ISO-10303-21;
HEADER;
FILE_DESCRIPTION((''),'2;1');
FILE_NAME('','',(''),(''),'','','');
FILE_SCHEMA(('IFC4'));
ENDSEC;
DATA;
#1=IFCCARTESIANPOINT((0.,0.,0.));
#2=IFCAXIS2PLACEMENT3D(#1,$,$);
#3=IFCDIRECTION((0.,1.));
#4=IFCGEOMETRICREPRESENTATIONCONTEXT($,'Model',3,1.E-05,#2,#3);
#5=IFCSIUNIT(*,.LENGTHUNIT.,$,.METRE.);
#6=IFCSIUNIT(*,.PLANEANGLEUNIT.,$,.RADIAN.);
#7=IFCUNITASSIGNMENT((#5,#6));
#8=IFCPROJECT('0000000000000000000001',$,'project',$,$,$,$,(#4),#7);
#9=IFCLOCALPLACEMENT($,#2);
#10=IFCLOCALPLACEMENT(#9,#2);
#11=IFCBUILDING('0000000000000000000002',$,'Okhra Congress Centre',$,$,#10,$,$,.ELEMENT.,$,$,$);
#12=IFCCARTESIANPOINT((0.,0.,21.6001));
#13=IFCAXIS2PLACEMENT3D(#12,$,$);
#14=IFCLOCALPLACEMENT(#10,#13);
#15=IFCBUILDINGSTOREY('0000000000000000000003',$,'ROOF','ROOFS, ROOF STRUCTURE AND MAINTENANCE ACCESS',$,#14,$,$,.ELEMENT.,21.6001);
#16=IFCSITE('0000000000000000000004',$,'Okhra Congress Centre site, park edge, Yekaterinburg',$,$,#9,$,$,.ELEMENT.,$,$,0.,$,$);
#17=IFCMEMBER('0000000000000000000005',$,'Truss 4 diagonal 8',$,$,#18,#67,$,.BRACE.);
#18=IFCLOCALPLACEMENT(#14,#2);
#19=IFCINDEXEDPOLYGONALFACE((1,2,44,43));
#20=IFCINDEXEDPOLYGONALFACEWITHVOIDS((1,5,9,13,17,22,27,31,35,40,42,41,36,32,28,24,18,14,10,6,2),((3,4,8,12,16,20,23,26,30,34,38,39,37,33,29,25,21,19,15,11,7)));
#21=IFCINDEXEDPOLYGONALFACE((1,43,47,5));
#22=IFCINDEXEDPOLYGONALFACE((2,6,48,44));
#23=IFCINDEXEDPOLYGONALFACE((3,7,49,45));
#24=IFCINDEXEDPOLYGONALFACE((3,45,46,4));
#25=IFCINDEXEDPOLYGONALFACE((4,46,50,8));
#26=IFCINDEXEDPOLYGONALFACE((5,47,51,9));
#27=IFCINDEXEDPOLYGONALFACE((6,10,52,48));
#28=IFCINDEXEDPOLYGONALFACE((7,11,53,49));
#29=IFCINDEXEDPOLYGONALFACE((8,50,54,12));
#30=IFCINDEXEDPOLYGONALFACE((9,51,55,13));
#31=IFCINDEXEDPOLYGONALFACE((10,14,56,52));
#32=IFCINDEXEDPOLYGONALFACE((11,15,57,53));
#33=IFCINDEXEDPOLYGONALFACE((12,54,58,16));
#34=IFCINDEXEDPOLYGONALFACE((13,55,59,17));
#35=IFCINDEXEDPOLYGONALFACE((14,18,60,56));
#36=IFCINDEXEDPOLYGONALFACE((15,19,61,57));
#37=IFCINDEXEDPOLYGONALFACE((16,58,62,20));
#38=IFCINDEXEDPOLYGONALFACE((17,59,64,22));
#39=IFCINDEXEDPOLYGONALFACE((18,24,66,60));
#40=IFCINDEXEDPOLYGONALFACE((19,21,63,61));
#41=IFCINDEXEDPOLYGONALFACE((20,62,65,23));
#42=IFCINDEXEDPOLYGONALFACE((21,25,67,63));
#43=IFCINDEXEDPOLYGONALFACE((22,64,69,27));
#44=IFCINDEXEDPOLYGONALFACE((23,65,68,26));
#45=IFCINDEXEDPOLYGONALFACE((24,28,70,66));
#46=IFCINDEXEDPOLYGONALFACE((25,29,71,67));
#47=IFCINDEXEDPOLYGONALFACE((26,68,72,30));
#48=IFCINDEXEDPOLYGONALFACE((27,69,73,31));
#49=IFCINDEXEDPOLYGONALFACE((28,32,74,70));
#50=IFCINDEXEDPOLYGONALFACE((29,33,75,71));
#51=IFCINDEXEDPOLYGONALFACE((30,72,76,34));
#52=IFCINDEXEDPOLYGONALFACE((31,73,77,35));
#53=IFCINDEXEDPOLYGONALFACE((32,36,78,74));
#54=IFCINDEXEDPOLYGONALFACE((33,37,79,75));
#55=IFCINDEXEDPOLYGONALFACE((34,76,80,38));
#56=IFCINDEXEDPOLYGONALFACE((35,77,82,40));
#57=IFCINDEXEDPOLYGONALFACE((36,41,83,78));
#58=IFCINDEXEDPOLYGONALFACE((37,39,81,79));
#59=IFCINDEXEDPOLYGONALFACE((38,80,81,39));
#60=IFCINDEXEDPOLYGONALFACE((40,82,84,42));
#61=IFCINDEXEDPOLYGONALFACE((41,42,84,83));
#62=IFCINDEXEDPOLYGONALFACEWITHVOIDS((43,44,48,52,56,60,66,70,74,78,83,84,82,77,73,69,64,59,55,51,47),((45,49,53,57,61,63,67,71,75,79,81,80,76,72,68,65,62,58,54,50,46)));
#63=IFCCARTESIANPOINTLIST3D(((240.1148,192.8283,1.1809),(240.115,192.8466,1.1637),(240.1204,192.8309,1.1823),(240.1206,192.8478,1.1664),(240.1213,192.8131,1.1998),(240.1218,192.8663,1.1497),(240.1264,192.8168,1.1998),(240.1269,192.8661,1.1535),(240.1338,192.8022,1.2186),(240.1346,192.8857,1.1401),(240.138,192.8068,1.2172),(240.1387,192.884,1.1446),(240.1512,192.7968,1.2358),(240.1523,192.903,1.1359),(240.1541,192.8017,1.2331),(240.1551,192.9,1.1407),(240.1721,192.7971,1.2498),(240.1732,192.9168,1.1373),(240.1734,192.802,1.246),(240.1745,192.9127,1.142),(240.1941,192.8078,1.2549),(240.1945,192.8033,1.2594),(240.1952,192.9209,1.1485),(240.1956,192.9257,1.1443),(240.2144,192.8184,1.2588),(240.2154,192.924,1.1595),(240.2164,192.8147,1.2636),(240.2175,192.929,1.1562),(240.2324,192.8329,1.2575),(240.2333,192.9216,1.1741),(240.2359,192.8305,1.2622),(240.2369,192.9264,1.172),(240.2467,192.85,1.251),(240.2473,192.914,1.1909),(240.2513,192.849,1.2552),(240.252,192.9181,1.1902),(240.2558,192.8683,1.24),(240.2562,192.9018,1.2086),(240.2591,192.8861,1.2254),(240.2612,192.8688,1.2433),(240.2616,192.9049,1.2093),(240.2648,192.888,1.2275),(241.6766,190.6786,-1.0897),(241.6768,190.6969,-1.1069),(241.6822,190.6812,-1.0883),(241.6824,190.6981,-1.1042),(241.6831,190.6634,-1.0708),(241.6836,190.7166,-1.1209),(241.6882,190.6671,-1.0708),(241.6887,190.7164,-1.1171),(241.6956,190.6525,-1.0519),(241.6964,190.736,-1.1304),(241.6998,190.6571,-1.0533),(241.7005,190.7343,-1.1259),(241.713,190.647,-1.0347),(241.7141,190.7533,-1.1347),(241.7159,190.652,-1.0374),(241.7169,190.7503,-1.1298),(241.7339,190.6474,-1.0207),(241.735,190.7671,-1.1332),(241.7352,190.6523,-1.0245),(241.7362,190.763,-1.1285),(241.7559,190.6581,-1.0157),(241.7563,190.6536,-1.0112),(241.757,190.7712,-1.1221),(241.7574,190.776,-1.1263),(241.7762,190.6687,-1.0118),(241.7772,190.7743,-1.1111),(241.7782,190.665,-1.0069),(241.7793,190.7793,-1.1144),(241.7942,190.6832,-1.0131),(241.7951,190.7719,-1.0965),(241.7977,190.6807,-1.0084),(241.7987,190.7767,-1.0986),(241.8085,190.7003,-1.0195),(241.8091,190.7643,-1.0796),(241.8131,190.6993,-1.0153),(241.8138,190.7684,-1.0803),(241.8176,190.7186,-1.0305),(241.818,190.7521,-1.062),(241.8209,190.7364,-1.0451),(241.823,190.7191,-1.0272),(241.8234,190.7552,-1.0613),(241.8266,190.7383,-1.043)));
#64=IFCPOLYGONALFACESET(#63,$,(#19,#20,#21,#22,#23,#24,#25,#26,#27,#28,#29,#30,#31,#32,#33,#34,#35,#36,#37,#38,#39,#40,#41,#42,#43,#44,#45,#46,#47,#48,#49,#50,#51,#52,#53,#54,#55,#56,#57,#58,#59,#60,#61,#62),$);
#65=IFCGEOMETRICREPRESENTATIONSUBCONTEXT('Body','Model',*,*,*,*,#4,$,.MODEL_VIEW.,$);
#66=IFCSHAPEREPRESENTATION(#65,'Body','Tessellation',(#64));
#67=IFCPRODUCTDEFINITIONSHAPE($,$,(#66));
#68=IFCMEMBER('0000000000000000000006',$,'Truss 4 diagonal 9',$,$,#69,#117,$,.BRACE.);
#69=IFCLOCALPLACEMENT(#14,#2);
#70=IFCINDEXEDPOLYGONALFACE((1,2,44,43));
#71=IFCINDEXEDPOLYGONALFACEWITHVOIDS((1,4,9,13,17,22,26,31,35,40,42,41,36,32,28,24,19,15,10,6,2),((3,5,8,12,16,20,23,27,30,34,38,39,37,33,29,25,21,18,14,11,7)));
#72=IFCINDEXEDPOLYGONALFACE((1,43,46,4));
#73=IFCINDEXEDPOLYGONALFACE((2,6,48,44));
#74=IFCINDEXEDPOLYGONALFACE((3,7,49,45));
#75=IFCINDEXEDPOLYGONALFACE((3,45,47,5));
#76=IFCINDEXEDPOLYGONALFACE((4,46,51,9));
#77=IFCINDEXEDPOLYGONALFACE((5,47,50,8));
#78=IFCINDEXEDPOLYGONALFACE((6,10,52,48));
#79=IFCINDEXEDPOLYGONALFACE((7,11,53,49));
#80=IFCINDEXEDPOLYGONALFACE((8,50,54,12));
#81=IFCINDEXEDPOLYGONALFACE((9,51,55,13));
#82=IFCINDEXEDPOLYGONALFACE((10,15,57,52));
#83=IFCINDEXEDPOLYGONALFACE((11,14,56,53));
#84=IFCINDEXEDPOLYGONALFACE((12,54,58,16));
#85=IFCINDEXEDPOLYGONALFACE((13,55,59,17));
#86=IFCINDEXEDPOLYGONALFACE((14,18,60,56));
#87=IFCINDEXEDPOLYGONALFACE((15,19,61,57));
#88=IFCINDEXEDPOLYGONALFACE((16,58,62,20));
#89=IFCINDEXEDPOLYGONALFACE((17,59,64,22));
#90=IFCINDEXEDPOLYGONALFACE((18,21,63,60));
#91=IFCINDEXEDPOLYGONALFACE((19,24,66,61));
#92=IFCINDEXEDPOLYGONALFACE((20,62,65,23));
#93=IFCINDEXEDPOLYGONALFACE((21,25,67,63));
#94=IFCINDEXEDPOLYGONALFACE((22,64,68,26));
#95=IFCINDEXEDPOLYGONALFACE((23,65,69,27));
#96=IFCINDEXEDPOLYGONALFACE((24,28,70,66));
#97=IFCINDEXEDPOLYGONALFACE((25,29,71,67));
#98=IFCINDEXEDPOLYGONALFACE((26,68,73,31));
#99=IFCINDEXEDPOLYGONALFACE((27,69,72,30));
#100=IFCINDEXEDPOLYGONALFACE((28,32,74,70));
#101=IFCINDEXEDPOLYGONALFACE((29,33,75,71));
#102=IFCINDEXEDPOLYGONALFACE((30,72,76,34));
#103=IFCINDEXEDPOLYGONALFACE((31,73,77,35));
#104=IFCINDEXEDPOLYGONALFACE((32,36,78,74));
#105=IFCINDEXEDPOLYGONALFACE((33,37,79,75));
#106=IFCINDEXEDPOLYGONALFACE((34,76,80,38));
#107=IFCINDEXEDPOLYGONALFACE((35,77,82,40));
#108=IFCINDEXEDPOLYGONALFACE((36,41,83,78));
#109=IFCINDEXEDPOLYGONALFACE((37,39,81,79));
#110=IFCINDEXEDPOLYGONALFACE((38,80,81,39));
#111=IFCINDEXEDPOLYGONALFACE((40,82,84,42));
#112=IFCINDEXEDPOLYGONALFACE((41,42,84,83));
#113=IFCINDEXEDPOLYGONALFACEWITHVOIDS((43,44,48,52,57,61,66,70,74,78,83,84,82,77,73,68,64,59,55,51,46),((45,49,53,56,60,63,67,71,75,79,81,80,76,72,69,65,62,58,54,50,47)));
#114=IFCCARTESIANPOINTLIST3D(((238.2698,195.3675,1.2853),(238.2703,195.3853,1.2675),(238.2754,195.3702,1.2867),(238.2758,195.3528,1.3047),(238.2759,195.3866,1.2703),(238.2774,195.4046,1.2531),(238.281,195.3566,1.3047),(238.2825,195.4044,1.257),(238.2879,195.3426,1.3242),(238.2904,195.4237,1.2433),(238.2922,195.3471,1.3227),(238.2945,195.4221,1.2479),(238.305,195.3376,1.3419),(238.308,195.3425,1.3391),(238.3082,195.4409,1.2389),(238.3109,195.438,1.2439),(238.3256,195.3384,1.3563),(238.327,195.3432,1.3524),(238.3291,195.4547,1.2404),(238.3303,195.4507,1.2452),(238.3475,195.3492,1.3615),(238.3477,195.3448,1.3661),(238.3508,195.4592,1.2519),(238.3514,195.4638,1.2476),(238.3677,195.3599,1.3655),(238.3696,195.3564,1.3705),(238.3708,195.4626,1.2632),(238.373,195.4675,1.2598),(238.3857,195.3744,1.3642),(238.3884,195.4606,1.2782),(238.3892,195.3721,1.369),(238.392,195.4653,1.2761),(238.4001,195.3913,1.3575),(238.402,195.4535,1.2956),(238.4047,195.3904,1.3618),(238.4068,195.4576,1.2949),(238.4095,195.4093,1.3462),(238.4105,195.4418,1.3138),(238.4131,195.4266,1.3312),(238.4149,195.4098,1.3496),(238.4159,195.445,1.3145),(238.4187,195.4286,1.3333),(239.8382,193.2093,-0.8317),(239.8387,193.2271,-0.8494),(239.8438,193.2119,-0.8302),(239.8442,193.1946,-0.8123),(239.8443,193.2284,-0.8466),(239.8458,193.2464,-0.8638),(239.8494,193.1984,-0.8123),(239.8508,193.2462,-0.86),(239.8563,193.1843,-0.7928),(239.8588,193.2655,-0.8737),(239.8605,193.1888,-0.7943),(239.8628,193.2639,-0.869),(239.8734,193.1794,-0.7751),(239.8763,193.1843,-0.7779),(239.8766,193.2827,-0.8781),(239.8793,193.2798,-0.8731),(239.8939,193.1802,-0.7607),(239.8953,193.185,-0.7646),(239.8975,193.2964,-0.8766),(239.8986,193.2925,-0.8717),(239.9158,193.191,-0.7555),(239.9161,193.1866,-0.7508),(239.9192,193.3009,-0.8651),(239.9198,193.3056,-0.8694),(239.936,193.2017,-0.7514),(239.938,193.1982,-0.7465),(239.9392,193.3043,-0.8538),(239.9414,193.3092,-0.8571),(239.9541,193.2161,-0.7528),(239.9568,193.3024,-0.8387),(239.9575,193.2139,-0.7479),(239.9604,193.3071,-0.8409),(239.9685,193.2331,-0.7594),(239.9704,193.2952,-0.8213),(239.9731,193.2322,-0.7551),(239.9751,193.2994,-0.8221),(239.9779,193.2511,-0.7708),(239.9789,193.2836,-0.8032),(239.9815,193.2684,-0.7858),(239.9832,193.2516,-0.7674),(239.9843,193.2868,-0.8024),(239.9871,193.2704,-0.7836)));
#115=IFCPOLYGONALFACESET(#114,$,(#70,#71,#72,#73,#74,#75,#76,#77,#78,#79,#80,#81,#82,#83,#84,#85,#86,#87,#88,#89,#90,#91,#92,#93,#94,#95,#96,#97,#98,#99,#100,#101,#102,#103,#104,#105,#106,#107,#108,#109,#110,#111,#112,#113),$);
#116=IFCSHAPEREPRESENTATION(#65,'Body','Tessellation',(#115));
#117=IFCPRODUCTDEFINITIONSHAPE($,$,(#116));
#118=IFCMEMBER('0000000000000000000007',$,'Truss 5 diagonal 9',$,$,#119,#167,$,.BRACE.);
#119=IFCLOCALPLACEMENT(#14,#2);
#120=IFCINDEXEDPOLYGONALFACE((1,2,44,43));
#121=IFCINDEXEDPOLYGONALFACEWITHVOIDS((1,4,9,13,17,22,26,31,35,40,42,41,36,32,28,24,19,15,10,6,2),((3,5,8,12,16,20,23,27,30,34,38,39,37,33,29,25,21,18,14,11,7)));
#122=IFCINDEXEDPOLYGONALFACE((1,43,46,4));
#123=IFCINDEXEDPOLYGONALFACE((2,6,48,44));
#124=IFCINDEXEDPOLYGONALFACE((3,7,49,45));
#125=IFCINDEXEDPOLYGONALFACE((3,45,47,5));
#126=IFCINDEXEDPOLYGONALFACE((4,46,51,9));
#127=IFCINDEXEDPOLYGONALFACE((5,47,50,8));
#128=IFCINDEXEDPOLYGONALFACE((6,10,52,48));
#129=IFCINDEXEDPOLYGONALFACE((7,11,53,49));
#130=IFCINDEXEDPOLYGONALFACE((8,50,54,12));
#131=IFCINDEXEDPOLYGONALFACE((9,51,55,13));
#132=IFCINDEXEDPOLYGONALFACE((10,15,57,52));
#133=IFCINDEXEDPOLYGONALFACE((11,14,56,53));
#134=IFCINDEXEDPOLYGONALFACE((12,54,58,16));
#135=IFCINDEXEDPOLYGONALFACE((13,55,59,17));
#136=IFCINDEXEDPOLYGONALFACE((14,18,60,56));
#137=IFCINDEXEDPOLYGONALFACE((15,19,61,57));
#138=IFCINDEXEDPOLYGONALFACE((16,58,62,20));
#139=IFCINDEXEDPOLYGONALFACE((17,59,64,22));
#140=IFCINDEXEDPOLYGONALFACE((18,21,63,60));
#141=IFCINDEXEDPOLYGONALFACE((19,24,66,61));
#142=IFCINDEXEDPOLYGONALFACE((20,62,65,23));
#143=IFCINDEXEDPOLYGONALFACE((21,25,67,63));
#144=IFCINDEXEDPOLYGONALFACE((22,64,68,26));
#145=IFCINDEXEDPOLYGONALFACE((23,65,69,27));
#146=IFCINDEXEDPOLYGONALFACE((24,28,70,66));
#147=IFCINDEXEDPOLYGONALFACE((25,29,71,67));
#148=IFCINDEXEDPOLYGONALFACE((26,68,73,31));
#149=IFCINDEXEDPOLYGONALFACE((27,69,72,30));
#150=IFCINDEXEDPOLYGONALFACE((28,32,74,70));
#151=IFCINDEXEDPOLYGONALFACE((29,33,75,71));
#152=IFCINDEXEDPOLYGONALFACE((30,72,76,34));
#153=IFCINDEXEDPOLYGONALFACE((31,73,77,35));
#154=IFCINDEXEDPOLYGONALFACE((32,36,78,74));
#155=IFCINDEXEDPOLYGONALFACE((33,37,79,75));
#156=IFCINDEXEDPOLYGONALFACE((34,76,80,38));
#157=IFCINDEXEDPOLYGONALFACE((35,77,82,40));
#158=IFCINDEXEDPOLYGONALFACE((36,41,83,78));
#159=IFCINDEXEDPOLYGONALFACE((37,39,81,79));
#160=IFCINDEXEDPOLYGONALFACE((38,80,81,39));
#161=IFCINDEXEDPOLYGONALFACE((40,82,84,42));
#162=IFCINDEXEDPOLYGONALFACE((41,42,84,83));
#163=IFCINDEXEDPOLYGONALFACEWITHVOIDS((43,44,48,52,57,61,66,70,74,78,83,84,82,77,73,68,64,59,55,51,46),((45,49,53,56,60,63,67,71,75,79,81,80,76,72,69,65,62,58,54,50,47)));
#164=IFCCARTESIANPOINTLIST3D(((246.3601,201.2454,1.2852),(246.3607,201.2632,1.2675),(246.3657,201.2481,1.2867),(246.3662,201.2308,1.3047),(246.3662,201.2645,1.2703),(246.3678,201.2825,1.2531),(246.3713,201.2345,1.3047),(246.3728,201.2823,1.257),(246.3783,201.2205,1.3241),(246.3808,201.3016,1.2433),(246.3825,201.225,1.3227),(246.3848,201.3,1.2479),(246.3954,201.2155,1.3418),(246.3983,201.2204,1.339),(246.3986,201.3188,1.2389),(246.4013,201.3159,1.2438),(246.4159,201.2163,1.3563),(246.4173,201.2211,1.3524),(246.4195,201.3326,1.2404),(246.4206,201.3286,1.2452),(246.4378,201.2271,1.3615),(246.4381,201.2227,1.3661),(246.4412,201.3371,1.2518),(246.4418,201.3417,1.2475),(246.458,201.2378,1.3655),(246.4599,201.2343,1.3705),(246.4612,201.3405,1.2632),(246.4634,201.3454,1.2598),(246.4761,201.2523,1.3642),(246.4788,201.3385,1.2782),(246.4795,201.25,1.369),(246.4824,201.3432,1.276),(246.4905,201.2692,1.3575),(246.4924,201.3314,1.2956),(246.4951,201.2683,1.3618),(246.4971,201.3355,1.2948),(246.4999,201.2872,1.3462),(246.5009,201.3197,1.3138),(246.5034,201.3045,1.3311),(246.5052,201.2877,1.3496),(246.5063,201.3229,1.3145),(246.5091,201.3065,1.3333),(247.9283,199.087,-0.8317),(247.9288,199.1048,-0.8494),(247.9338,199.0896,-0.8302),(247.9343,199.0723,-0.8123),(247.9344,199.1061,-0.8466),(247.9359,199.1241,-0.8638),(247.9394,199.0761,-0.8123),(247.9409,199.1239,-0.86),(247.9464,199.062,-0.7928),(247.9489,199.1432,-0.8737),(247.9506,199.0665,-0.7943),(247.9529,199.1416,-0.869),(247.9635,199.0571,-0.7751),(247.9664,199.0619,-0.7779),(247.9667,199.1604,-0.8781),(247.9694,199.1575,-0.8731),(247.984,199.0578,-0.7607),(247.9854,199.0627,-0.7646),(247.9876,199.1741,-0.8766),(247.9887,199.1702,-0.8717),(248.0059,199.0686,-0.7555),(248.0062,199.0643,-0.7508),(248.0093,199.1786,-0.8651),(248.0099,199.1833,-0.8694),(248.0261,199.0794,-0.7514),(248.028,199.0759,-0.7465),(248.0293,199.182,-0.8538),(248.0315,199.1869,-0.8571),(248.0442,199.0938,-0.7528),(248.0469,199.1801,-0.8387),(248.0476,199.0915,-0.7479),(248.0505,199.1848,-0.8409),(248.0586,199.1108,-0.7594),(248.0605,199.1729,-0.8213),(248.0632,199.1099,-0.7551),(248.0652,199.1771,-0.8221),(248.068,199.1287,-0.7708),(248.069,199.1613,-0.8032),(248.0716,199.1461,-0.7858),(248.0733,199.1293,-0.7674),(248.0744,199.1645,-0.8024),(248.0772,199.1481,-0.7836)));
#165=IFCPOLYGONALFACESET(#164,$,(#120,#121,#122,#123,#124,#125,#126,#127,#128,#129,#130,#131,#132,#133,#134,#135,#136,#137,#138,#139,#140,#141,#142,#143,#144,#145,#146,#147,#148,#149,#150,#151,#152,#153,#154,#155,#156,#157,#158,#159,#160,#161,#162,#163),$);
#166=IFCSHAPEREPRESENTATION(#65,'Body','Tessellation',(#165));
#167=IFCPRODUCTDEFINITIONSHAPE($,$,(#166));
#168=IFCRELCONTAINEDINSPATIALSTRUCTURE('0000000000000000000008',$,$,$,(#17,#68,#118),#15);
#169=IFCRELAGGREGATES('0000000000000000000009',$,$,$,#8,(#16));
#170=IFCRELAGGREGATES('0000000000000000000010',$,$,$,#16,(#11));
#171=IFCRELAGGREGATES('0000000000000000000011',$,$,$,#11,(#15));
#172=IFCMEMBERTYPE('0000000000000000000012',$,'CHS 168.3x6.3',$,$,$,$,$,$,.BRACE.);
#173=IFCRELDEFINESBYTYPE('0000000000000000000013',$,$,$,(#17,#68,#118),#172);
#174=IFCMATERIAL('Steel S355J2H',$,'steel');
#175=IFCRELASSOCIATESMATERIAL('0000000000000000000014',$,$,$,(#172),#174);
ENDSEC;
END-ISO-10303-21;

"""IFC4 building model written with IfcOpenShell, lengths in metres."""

from ifc_helpers import new_model, si_unit, direction, frame, origin, origin_2d, place, context, subcontext, project, spatial, hollow_circle, extrude, material, material_profile, profile_set, type_object, element, save


model = new_model("IFC4")

# Units and contexts
model_context = context("Model", 3, precision=1e-05, world=origin(), true_north=direction((0.0, 1.0)))
body_context = subcontext(model_context, "Body", "Model", "MODEL_VIEW")
ifc_project = project(units=[si_unit("LENGTHUNIT", "METRE"), si_unit("PLANEANGLEUNIT", "RADIAN")], contexts=[model_context])

# Site, building, storey
site_placement = place(None, origin())
site = spatial("IfcSite", under=ifc_project, at=site_placement, Name="Okhra Congress Centre site, park edge, Yekaterinburg", CompositionType="ELEMENT", RefElevation=0.0)
building_placement = place(site_placement, origin())
building = spatial("IfcBuilding", under=site, at=building_placement, Name="Okhra Congress Centre", CompositionType="ELEMENT")
storey_placement = place(building_placement, frame((0.0, 0.0, 21.6001)))
storey = spatial("IfcBuildingStorey", under=building, at=storey_placement, Name="ROOF", Description="ROOFS, ROOF STRUCTURE AND MAINTENANCE ACCESS", CompositionType="ELEMENT", Elevation=21.6001)

# Members
ifc_material_1 = material(Name="Steel S355J2H", Category="steel")
ifc_material_profile_1 = material_profile(ifc_material_1, hollow_circle(Radius=0.0842, WallThickness=0.0063, at=origin_2d()), Name="CHS 168.3x6.3")
ifc_profile_set_1 = profile_set([ifc_material_profile_1], Name="Steel S355J2H")
member_type_1 = type_object("IfcMemberType", Name="CHS 168.3x6.3", PredefinedType="BRACE", material=ifc_profile_set_1)
member_1_placement = place(storey_placement, frame((241.7512, 190.7129, -1.0708), z_axis=(-0.446852, 0.615058, 0.649636), x_axis=(-0.809026, -0.587773, 0.0)))
element("IfcMember", 1, at=member_1_placement, inside=storey, type_object=member_type_1, Name="Truss 4 diagonal 8", PredefinedType="BRACE", context=body_context, shape_type="SweptSolid", body=[
    extrude(hollow_circle(Radius=0.0842, WallThickness=0.0063, at=origin_2d()), origin(), (0.0, 0.0, 1.0), 3.4951),
])
for number, where, z_axis, x_axis, name in (
    (2, (239.9124, 193.2441, -0.8123), (-0.460505, 0.633696, 0.621582), (-0.808958, -0.587867, 0.0), "Truss 4 diagonal 9"),
    (3, (248.0024, 199.1218, -0.8123), (-0.460428, 0.63376, 0.621574), (-0.809033, -0.587764, 0.0), "Truss 5 diagonal 9"),
):
    element("IfcMember", number, at=place(storey_placement, frame(where, z_axis=z_axis, x_axis=x_axis)), inside=storey, type_object=member_type_1, Name=name, PredefinedType="BRACE", context=body_context, shape_type="SweptSolid", body=[
        extrude(hollow_circle(Radius=0.0842, WallThickness=0.0063, at=origin_2d()), origin(), (0.0, 0.0, 1.0), 3.4058),
    ])

save(model, "model.ifc")
